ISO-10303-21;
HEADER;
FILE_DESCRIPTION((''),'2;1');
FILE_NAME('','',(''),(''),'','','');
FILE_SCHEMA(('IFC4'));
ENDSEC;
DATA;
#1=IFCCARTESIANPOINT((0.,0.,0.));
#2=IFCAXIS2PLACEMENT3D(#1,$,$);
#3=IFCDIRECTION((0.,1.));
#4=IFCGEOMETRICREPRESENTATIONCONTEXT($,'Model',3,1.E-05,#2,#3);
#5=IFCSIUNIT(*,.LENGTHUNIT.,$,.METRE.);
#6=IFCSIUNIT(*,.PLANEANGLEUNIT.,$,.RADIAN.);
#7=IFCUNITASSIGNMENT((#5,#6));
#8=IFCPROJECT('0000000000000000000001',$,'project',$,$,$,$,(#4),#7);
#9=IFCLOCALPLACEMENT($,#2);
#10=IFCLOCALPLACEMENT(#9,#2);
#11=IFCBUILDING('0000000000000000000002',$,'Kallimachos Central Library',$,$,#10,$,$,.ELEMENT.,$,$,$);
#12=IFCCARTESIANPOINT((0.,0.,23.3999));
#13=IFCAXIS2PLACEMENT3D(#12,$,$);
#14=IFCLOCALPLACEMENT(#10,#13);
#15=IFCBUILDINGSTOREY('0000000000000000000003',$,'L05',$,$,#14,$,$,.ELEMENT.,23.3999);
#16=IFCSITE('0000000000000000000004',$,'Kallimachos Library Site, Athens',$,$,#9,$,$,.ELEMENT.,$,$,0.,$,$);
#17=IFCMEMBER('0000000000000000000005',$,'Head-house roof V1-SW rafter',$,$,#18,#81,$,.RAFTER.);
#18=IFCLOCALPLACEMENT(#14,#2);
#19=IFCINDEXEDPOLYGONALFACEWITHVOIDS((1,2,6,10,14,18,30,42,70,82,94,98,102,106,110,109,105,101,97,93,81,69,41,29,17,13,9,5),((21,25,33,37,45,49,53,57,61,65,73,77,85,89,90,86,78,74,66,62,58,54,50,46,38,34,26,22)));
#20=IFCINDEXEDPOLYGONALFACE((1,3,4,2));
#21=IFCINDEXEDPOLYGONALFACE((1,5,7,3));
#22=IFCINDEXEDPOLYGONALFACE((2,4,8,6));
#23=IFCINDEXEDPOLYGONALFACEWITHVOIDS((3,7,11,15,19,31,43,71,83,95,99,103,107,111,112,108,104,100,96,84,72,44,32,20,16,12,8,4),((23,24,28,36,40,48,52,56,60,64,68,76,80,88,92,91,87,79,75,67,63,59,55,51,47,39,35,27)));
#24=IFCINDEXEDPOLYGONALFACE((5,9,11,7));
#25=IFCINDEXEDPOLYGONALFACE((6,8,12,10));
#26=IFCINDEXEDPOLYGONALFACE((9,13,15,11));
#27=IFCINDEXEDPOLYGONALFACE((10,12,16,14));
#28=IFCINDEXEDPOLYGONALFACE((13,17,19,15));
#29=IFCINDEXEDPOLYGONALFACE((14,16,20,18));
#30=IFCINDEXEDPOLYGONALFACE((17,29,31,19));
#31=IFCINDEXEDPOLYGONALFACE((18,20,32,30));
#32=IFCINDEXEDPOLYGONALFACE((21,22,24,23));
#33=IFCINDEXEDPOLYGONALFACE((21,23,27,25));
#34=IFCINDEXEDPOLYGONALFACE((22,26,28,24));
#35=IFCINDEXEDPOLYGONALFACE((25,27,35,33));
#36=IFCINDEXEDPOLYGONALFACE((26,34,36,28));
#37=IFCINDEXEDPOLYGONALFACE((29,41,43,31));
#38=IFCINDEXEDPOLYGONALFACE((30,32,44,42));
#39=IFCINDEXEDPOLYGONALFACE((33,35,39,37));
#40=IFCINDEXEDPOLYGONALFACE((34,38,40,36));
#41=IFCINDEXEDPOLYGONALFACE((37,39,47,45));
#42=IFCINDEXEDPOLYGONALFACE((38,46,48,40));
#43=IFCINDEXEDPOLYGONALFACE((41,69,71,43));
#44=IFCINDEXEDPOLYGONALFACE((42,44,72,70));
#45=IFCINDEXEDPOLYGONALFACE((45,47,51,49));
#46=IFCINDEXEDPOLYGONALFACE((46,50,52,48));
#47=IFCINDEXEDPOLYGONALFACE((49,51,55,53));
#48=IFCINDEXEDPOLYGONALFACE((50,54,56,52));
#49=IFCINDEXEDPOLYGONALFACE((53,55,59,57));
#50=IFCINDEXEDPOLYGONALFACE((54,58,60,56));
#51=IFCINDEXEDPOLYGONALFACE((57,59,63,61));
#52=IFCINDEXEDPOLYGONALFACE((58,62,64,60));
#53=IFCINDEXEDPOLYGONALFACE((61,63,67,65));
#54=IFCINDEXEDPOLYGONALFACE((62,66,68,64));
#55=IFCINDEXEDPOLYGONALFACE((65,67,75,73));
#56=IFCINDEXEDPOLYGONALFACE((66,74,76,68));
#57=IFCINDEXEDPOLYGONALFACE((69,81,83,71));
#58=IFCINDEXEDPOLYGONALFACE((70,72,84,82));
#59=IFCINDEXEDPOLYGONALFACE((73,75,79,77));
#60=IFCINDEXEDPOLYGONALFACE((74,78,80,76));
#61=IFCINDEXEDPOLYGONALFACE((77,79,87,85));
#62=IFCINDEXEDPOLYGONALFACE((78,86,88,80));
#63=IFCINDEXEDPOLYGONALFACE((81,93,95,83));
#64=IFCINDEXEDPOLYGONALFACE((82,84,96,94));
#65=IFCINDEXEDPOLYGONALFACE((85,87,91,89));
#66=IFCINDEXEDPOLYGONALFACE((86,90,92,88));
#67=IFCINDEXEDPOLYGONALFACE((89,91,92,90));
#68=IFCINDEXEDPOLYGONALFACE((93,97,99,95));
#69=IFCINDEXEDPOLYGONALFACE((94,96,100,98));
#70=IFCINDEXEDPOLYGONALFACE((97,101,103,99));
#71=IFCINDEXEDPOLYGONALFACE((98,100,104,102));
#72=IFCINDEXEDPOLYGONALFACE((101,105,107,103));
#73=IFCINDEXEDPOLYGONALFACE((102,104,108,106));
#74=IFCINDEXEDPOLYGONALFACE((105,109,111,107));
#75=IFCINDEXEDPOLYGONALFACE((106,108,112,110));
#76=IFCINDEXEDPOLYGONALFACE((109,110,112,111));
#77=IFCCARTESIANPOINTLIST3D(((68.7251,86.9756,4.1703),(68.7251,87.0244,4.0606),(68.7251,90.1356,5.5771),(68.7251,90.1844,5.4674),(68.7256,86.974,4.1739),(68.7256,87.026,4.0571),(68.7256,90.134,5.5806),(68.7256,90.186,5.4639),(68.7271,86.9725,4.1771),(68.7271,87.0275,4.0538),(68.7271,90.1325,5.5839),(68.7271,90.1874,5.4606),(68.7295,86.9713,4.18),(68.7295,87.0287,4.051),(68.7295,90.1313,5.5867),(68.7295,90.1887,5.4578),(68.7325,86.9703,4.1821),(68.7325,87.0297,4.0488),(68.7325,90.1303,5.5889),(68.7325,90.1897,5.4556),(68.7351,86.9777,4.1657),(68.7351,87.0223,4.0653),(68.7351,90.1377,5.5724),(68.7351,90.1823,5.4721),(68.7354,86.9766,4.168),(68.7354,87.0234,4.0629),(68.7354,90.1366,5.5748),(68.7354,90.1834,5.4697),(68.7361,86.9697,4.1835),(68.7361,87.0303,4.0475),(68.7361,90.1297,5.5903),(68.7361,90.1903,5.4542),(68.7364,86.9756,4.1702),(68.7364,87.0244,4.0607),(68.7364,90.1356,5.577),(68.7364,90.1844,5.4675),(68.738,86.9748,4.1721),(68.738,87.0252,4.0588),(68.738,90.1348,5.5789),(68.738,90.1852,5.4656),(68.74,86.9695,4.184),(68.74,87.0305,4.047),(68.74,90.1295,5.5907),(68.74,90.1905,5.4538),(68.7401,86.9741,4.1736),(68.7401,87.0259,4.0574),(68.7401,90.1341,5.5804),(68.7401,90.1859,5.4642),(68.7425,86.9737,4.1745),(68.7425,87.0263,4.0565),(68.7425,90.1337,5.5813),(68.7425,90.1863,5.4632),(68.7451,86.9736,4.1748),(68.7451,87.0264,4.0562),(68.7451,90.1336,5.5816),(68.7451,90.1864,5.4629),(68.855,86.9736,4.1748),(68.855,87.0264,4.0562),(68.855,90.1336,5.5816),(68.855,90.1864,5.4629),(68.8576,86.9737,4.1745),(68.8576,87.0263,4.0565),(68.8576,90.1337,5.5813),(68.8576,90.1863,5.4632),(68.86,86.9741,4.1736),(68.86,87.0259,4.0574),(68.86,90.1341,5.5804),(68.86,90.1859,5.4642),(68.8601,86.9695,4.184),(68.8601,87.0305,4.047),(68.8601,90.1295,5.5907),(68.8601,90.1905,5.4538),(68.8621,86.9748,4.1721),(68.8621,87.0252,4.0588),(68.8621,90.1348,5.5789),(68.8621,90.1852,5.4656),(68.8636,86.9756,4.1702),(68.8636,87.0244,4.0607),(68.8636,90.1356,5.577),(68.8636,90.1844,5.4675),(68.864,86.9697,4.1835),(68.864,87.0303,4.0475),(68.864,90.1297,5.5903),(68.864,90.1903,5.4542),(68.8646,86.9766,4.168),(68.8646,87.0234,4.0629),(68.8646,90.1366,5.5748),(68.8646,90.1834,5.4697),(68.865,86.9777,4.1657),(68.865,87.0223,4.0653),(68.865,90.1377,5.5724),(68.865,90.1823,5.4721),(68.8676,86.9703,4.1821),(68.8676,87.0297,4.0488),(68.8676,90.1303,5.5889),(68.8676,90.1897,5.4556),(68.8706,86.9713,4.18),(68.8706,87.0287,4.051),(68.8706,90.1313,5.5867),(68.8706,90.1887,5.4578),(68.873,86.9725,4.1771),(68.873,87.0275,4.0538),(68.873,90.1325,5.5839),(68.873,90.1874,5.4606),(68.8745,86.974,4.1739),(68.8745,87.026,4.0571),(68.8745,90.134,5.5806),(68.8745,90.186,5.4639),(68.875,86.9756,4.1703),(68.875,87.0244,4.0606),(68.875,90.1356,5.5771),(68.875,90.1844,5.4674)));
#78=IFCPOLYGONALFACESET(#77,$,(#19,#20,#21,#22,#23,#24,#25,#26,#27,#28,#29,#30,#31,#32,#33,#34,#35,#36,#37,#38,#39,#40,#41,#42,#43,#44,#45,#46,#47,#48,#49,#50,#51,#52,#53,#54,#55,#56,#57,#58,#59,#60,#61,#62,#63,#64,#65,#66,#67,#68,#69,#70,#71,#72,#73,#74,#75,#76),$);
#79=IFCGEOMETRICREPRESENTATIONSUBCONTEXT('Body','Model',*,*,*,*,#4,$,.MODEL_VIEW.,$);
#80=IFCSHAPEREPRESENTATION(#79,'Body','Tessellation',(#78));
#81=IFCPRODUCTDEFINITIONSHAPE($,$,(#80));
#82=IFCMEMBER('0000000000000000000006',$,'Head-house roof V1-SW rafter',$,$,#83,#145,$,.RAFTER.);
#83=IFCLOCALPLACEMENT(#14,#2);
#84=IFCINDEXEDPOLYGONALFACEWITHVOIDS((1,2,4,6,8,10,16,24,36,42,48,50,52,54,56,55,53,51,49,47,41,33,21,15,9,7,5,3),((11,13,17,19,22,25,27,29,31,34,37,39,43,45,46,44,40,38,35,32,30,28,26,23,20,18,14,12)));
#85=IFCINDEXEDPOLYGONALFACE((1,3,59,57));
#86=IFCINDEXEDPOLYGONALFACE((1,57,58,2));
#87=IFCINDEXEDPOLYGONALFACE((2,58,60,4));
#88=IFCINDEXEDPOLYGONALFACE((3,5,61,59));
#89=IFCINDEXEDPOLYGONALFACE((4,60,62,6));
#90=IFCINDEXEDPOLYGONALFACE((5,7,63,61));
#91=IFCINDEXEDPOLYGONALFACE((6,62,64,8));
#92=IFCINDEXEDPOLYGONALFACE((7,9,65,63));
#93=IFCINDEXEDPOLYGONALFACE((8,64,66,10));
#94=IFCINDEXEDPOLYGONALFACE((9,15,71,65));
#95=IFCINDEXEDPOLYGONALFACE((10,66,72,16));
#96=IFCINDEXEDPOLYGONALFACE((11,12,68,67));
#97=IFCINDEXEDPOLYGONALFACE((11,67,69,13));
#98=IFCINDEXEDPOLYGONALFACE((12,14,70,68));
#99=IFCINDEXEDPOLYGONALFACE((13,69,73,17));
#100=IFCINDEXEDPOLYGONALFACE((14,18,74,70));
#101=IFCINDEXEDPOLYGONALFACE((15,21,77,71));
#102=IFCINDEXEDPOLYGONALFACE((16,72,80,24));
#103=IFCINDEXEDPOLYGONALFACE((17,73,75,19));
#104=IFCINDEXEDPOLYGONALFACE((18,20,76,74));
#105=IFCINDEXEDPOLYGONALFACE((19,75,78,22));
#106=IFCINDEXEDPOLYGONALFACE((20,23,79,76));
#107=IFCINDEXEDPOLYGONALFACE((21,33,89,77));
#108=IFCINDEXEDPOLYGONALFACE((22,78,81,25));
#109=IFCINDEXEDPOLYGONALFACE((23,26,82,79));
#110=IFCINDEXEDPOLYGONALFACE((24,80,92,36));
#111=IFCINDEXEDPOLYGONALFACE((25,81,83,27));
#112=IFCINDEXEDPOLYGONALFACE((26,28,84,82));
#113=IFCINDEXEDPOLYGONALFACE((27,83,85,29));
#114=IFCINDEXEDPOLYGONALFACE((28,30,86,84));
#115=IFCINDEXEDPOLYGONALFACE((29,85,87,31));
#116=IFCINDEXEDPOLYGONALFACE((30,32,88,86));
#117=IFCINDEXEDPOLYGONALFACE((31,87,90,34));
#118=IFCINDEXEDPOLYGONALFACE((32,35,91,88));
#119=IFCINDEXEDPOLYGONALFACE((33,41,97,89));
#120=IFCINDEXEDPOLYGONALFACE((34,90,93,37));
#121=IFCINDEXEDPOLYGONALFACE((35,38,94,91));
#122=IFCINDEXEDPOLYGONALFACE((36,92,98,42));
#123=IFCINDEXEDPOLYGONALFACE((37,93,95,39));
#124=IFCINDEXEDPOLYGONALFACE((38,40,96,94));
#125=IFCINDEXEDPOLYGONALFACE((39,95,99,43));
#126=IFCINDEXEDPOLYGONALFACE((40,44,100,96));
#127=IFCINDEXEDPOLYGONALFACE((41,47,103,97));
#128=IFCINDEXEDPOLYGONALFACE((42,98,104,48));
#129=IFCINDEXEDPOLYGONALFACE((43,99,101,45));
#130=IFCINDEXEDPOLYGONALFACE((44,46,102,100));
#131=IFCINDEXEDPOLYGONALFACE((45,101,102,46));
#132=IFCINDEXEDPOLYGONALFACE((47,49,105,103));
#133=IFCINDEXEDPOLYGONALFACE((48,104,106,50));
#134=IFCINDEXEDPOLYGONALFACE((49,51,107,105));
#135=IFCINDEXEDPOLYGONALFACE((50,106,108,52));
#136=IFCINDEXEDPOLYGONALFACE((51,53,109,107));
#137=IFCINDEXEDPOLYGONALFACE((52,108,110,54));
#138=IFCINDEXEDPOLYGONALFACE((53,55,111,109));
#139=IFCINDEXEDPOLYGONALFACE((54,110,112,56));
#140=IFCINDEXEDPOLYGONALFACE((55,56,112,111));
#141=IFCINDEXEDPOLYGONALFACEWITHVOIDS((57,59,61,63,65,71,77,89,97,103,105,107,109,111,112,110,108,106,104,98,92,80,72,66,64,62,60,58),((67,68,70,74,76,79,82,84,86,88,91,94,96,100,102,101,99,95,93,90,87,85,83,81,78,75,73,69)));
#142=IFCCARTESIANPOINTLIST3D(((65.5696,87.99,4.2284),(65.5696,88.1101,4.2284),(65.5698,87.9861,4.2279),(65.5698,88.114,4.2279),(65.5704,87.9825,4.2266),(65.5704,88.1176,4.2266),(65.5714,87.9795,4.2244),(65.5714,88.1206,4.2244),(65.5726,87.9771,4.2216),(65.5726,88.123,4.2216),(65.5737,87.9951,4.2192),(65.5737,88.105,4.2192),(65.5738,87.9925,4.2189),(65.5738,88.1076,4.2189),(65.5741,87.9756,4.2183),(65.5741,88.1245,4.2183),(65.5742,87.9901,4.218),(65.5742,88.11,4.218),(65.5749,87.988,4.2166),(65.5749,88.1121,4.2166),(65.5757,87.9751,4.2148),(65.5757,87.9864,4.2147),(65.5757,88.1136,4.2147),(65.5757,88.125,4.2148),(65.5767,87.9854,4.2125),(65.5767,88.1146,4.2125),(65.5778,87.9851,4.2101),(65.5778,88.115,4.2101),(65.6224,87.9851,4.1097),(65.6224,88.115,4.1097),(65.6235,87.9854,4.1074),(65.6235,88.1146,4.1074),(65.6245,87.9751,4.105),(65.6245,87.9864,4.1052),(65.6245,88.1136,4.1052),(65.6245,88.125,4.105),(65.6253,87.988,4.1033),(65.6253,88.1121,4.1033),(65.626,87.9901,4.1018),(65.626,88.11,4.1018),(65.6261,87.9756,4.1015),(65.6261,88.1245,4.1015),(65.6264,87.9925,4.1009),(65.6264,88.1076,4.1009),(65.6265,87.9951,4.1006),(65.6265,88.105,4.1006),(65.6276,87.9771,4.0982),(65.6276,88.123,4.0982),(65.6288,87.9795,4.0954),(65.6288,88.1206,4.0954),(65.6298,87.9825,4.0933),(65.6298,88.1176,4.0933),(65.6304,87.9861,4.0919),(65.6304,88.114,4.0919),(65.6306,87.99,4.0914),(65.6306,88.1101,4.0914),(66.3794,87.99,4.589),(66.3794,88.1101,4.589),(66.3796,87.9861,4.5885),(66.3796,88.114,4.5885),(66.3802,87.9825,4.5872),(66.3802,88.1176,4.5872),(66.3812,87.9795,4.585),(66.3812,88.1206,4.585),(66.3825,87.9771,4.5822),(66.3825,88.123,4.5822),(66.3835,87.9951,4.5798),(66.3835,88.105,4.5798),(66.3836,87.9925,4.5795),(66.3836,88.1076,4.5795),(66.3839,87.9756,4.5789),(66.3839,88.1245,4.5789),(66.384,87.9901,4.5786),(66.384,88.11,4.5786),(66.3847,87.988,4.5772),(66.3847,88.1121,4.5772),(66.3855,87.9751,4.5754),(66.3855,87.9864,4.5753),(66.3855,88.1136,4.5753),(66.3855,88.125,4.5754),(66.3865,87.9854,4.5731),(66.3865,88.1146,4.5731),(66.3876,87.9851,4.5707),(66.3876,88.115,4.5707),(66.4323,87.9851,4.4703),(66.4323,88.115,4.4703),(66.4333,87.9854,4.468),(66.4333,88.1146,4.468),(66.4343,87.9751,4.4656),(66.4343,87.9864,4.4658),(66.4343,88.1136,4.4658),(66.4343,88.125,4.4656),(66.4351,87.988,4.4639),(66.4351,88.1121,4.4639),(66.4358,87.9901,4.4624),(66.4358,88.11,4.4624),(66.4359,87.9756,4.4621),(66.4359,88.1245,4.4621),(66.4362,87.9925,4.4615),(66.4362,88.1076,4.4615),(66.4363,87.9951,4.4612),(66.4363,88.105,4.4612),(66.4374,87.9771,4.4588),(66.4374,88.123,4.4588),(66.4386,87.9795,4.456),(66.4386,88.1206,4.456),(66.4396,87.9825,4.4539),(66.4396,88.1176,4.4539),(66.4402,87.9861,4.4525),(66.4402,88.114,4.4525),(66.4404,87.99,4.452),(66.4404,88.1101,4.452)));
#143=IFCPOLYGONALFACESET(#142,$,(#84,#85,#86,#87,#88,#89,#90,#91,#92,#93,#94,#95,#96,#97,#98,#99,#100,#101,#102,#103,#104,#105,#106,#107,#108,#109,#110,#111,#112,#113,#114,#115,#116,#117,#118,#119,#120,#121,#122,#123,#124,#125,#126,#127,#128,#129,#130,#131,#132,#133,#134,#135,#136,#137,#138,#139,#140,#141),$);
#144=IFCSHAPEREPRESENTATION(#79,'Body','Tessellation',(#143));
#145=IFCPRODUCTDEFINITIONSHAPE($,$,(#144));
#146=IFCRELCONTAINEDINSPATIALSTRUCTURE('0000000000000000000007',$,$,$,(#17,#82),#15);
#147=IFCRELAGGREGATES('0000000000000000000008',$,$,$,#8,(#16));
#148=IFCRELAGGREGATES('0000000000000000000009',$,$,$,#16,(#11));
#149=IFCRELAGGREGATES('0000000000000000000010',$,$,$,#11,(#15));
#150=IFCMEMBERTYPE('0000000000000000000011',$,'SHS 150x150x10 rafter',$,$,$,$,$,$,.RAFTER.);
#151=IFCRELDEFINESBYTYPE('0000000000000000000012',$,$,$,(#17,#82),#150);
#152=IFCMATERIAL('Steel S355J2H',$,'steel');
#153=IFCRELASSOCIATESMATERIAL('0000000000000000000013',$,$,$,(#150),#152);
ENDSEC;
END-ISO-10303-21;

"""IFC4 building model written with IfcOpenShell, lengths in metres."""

from ifc_helpers import new_model, si_unit, direction, frame, origin, origin_2d, place, context, subcontext, project, spatial, hollow_rectangle, extrude, material, material_profile, profile_set, type_object, element, save


model = new_model("IFC4")

# Units and contexts
model_context = context("Model", 3, precision=1e-05, world=origin(), true_north=direction((0.0, 1.0)))
body_context = subcontext(model_context, "Body", "Model", "MODEL_VIEW")
ifc_project = project(units=[si_unit("LENGTHUNIT", "METRE"), si_unit("PLANEANGLEUNIT", "RADIAN")], contexts=[model_context])

# Site, building, storey
site_placement = place(None, origin())
site = spatial("IfcSite", under=ifc_project, at=site_placement, Name="Kallimachos Library Site, Athens", CompositionType="ELEMENT", RefElevation=0.0)
building_placement = place(site_placement, origin())
building = spatial("IfcBuilding", under=site, at=building_placement, Name="Kallimachos Central Library", CompositionType="ELEMENT")
storey_placement = place(building_placement, frame((0.0, 0.0, 23.3999)))
storey = spatial("IfcBuildingStorey", under=building, at=storey_placement, Name="L05", CompositionType="ELEMENT", Elevation=23.3999)

# Members
ifc_material_1 = material(Name="Steel S355J2H", Category="steel")
ifc_material_profile_1 = material_profile(ifc_material_1, hollow_rectangle(XDim=0.1499, YDim=0.1499, WallThickness=0.01, InnerFilletRadius=0.01, OuterFilletRadius=0.0149, at=origin_2d()), Name="SHS 150x150x10")
ifc_profile_set_1 = profile_set([ifc_material_profile_1], Name="Steel S355J2H")
member_type_1 = type_object("IfcMemberType", Name="SHS 150x150x10 rafter", PredefinedType="RAFTER", material=ifc_profile_set_1)
member_1_placement = place(storey_placement, frame((68.8, 87.0, 4.1155), z_axis=(0.0, 0.913561, 0.406702), x_axis=(-1.0, 0.0, 0.0)))
element("IfcMember", 1, at=member_1_placement, inside=storey, type_object=member_type_1, Name="Head-house roof V1-SW rafter", PredefinedType="RAFTER", context=body_context, shape_type="SweptSolid", body=[
    extrude(hollow_rectangle(XDim=0.1499, YDim=0.1499, WallThickness=0.01, InnerFilletRadius=0.01, OuterFilletRadius=0.0149, at=origin_2d()), origin(), (0.0, 0.0, 1.0), 3.459),
])
member_2_placement = place(storey_placement, frame((65.6001, 88.05, 4.1599), z_axis=(0.913527, 0.0, 0.406777), x_axis=(0.0, 1.0, 0.0)))
element("IfcMember", 2, at=member_2_placement, inside=storey, type_object=member_type_1, Name="Head-house roof V1-SW rafter", PredefinedType="RAFTER", context=body_context, shape_type="SweptSolid", body=[
    extrude(hollow_rectangle(XDim=0.1499, YDim=0.1499, WallThickness=0.01, InnerFilletRadius=0.01, OuterFilletRadius=0.0149, at=origin_2d()), origin(), (0.0, 0.0, 1.0), 0.8865),
])

save(model, "model.ifc")
